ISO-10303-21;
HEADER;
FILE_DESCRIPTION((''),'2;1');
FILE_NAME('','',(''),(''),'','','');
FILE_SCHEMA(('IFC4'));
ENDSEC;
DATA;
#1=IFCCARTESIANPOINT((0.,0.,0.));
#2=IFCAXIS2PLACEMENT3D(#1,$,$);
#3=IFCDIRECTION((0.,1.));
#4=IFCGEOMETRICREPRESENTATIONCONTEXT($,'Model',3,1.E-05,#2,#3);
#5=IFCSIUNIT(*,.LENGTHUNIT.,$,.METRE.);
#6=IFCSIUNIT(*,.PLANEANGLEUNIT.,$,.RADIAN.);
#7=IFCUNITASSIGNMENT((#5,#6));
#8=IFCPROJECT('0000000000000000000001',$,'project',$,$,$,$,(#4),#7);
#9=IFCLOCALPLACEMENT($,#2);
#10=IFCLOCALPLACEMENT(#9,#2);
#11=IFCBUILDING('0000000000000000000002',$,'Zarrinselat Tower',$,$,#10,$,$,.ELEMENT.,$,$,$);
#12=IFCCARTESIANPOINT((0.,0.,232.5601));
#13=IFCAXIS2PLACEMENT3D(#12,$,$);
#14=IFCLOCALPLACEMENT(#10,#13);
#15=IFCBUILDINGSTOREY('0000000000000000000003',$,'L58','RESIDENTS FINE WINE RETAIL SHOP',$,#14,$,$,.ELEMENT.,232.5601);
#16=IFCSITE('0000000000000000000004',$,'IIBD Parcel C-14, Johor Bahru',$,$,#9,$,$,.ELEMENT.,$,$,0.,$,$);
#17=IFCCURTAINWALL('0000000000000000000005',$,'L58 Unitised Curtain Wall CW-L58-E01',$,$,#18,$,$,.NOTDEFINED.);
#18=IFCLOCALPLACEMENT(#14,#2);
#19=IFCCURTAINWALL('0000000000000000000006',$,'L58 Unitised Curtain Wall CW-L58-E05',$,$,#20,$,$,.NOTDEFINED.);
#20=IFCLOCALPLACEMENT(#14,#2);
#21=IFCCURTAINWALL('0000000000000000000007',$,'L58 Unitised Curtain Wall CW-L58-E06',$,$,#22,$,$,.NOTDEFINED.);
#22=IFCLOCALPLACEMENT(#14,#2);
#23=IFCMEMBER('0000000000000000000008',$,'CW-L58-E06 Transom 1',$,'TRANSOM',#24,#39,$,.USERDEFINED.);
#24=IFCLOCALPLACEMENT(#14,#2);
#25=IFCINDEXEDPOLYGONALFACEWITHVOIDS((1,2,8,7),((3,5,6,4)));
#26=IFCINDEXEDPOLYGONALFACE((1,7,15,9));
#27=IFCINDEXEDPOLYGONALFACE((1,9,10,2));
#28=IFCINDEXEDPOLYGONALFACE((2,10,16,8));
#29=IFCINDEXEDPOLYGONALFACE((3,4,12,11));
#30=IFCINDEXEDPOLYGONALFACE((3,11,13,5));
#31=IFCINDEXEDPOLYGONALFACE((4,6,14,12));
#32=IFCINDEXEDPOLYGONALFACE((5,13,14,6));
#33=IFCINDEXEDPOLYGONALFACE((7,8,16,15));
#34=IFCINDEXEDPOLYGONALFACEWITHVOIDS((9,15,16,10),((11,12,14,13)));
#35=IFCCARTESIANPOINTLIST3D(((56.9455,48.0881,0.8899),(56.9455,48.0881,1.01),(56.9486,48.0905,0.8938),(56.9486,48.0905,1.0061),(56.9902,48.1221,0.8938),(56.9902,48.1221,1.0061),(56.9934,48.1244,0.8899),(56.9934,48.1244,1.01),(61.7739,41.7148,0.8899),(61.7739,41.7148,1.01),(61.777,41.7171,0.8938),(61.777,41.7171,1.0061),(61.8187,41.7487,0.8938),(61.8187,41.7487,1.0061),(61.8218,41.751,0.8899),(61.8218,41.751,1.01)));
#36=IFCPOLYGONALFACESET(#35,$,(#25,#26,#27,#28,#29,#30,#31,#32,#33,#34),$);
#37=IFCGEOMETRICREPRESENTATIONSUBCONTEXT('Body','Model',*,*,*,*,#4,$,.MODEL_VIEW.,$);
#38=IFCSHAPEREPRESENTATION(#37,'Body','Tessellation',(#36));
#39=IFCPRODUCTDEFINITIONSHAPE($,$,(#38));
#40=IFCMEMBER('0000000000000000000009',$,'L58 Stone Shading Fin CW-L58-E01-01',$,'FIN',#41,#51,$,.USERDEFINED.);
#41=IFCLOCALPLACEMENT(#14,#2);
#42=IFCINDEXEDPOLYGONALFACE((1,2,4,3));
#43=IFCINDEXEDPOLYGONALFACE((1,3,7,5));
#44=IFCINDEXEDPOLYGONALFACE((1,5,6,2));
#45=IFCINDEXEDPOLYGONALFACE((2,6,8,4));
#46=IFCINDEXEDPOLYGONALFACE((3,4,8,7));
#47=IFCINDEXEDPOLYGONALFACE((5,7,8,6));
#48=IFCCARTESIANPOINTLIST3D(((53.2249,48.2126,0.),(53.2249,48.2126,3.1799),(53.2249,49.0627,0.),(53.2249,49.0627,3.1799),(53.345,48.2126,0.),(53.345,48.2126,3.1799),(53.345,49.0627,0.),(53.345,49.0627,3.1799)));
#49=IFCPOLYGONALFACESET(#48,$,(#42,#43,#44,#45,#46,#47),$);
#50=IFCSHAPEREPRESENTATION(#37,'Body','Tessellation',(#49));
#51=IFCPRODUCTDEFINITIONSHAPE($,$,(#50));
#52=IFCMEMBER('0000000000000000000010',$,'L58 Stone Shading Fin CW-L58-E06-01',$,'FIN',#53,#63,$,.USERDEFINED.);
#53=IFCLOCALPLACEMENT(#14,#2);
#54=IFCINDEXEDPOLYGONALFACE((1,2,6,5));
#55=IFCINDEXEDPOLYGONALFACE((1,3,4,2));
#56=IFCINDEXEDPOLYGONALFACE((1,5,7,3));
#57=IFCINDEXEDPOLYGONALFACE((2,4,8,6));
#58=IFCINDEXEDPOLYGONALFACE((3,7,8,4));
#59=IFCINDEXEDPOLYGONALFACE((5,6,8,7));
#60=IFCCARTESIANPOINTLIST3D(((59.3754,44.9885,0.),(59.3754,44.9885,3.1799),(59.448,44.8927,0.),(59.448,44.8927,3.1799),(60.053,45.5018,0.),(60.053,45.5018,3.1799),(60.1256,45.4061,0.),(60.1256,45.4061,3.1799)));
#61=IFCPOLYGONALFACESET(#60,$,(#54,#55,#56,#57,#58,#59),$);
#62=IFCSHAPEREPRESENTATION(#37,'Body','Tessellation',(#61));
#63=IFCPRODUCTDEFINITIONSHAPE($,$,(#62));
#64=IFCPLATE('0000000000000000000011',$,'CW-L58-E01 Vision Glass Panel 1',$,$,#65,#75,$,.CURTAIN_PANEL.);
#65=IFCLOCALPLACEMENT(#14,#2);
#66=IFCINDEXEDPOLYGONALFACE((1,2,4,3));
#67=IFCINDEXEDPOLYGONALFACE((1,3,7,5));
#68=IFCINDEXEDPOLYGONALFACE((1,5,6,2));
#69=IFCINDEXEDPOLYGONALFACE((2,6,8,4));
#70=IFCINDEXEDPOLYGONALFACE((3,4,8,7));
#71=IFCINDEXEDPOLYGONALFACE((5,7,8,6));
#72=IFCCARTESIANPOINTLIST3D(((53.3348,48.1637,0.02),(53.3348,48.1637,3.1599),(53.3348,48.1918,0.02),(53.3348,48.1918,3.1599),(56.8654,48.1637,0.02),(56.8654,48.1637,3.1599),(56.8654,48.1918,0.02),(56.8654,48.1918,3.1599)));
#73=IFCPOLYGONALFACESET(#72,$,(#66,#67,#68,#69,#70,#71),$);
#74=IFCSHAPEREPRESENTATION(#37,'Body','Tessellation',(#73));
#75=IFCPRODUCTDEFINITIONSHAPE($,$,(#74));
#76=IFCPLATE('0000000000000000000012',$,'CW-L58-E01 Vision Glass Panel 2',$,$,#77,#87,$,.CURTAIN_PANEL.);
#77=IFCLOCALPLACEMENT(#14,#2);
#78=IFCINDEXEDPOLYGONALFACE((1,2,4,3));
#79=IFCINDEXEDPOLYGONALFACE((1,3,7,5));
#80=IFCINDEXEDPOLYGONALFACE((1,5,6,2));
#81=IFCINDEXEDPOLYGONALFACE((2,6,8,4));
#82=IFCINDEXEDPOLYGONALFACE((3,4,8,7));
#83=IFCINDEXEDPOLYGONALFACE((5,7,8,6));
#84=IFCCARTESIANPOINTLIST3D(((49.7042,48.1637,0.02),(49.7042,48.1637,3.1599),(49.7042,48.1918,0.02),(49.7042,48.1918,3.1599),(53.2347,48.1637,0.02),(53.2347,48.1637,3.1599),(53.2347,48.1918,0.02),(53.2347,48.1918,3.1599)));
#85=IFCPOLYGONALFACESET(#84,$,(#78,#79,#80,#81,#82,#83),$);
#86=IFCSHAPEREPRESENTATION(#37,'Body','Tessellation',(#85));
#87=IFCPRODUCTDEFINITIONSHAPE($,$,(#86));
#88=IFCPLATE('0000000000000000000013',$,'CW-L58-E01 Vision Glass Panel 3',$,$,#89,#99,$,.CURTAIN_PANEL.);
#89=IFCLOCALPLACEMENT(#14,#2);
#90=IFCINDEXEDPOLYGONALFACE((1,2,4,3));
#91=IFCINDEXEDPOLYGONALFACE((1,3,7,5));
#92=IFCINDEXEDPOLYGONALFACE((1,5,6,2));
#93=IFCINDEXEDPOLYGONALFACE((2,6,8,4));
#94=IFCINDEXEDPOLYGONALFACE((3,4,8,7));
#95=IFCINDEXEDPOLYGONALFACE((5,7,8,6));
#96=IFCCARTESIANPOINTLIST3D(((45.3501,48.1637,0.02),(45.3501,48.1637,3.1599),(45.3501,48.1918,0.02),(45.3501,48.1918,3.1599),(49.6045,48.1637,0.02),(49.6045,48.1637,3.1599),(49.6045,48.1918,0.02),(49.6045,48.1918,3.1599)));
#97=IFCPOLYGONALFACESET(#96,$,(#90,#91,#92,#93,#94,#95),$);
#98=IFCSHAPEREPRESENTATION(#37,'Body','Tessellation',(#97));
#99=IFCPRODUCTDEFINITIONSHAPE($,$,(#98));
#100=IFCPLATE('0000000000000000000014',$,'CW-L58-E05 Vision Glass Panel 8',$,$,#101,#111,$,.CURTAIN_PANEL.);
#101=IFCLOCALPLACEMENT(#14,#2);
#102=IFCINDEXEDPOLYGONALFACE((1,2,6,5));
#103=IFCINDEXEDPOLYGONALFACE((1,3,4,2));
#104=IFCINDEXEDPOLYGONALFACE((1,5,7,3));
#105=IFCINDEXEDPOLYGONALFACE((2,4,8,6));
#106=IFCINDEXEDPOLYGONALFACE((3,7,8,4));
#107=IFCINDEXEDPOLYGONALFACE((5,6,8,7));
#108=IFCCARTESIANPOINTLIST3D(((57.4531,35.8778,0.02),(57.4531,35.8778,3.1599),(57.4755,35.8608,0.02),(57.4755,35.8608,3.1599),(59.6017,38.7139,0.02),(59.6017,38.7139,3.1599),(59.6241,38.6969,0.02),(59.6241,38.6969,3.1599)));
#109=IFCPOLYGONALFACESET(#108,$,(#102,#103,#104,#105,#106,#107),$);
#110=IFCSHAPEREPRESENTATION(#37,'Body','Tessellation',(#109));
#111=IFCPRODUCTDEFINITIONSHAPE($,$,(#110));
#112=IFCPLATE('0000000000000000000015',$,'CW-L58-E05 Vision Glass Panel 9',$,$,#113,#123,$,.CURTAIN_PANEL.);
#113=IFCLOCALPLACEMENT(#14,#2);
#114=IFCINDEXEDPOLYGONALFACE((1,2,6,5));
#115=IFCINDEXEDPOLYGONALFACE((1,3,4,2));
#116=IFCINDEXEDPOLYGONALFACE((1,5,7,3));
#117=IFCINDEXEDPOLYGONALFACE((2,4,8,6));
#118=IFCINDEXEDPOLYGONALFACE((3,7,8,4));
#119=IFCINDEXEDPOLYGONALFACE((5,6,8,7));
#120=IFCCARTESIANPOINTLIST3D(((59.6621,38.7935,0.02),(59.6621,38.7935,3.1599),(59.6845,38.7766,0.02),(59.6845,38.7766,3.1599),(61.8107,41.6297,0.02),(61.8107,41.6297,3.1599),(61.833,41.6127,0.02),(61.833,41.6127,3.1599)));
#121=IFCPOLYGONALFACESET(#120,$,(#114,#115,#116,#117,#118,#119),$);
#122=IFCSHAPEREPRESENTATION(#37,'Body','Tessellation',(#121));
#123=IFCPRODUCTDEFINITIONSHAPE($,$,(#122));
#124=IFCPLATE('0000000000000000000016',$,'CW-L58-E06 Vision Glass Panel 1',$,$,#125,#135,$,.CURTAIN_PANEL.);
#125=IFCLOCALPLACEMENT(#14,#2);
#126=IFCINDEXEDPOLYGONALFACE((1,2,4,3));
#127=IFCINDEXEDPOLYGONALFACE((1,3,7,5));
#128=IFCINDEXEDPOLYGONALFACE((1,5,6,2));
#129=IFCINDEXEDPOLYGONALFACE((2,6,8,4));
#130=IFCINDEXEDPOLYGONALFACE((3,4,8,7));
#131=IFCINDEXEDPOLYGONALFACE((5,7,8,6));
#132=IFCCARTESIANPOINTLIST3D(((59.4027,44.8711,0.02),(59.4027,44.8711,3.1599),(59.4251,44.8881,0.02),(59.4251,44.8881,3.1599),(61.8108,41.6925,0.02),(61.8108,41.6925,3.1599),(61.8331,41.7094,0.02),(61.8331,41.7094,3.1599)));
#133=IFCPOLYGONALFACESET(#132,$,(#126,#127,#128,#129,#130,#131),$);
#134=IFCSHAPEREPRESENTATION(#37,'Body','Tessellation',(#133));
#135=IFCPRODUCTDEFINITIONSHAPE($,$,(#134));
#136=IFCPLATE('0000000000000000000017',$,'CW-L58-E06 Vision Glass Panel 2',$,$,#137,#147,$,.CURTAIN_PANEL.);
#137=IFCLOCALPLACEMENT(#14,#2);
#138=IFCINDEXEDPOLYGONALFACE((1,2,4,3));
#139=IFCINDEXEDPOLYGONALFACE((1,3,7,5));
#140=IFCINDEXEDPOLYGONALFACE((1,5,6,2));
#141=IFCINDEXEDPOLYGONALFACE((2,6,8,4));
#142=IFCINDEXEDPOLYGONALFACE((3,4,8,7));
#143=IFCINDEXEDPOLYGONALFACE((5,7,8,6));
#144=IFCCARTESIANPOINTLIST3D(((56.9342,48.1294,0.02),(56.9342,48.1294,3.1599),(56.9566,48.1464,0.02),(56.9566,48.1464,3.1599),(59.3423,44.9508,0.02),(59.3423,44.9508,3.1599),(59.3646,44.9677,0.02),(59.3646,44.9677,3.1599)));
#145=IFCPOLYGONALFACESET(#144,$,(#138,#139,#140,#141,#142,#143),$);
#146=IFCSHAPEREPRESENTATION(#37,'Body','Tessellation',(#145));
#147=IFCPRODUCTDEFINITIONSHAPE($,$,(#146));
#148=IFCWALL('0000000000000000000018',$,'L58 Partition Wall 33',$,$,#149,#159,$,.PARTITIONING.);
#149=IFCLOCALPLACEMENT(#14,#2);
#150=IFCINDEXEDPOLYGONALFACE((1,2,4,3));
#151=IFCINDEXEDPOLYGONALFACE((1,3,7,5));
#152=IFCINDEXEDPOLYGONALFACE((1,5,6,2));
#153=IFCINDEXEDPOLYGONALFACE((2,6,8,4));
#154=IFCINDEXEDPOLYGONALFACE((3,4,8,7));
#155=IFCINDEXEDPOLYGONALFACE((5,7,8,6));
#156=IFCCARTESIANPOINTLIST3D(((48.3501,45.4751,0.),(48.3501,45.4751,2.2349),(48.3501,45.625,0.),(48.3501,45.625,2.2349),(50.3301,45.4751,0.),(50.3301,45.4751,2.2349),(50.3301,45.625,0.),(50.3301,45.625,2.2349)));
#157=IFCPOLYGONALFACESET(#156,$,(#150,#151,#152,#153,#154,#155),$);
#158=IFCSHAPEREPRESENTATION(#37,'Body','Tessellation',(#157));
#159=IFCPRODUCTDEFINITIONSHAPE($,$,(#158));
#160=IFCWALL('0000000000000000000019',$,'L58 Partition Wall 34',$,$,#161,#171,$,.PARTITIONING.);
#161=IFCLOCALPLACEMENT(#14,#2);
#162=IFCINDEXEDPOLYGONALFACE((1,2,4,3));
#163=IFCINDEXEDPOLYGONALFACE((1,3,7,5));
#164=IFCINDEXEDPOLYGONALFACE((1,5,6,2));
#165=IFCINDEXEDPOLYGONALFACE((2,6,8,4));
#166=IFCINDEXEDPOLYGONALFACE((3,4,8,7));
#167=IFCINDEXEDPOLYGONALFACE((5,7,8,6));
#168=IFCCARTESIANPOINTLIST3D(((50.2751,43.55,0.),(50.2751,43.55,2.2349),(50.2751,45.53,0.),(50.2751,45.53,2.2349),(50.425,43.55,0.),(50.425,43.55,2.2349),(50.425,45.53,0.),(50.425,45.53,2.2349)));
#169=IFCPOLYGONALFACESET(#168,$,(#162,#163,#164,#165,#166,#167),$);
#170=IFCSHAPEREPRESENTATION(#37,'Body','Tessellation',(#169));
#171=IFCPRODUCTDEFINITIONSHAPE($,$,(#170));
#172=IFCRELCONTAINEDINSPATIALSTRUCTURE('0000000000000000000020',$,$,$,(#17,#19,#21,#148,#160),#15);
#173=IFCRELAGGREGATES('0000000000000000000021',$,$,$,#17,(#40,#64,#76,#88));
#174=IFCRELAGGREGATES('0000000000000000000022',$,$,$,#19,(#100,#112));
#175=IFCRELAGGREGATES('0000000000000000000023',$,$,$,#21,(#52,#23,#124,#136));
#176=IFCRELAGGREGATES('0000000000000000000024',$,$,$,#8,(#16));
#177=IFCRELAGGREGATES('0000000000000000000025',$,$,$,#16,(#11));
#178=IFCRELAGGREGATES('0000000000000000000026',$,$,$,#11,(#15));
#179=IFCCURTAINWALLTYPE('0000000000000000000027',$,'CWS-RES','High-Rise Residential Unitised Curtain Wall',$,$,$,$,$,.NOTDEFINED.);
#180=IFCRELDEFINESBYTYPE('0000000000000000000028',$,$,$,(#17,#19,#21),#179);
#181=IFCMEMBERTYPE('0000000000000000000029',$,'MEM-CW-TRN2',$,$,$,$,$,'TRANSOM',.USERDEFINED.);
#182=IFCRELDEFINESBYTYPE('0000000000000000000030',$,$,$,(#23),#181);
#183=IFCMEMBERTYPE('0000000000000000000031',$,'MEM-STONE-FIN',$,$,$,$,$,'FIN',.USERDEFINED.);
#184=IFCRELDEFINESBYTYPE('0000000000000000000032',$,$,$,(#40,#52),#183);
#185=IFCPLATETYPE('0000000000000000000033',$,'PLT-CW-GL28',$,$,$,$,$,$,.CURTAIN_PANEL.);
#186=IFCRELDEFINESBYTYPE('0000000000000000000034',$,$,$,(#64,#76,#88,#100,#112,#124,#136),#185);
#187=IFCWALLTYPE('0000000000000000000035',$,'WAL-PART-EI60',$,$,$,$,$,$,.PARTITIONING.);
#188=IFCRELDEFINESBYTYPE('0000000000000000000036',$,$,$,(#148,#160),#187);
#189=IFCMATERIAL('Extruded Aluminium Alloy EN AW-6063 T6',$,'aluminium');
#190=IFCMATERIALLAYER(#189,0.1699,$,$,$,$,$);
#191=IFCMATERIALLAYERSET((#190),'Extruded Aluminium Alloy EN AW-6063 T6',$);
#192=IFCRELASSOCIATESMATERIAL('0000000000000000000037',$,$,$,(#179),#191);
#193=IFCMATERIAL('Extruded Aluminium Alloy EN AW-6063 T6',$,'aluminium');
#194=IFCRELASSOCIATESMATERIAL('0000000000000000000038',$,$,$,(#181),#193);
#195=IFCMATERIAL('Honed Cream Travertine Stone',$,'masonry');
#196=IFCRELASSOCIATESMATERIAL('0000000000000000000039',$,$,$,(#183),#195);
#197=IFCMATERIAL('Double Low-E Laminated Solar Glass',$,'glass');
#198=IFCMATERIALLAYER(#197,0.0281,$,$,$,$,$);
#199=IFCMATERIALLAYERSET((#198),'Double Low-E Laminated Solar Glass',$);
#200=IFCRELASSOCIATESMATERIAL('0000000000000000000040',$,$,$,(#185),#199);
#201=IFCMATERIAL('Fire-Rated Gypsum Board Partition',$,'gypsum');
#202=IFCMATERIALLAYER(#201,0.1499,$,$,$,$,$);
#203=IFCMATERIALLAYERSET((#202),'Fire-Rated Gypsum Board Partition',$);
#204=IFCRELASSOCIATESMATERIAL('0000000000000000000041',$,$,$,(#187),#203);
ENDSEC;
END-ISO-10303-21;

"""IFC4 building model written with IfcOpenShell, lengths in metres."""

from ifc_helpers import new_model, si_unit, direction, frame, frame_2d, origin, origin_2d, place, context, subcontext, project, spatial, rectangle, hollow_rectangle, extrude, material, layer, layer_set, material_profile, profile_set, type_object, element, aggregate, save


model = new_model("IFC4")

# Units and contexts
model_context = context("Model", 3, precision=1e-05, world=origin(), true_north=direction((0.0, 1.0)))
body_context = subcontext(model_context, "Body", "Model", "MODEL_VIEW")
ifc_project = project(units=[si_unit("LENGTHUNIT", "METRE"), si_unit("PLANEANGLEUNIT", "RADIAN")], contexts=[model_context])

# Site, building, storey
site_placement = place(None, origin())
site = spatial("IfcSite", under=ifc_project, at=site_placement, Name="IIBD Parcel C-14, Johor Bahru", CompositionType="ELEMENT", RefElevation=0.0)
building_placement = place(site_placement, origin())
building = spatial("IfcBuilding", under=site, at=building_placement, Name="Zarrinselat Tower", CompositionType="ELEMENT")
storey_placement = place(building_placement, frame((0.0, 0.0, 232.5601)))
storey = spatial("IfcBuildingStorey", under=building, at=storey_placement, Name="L58", Description="RESIDENTS FINE WINE RETAIL SHOP", CompositionType="ELEMENT", Elevation=232.5601)

# Curtain walls
ifc_material_1 = material(Name="Extruded Aluminium Alloy EN AW-6063 T6", Category="aluminium")
ifc_layer_1 = layer(ifc_material_1, 0.1699)
ifc_layer_set_1 = layer_set([ifc_layer_1], Name="Extruded Aluminium Alloy EN AW-6063 T6")
curtain_wall_type = type_object("IfcCurtainWallType", Name="CWS-RES", Description="High-Rise Residential Unitised Curtain Wall", PredefinedType="NOTDEFINED", material=ifc_layer_set_1)
curtain_wall_1_placement = place(storey_placement, origin())
curtain_wall_1 = element("IfcCurtainWall", 1, at=curtain_wall_1_placement, inside=storey, type_object=curtain_wall_type, Name="L58 Unitised Curtain Wall CW-L58-E01", PredefinedType="NOTDEFINED")
curtain_wall_2_placement = place(storey_placement, origin())
curtain_wall_2 = element("IfcCurtainWall", 2, at=curtain_wall_2_placement, inside=storey, type_object=curtain_wall_type, Name="L58 Unitised Curtain Wall CW-L58-E05", PredefinedType="NOTDEFINED")

# Curtain wall
curtain_wall_3_placement = place(storey_placement, origin())
curtain_wall_3 = element("IfcCurtainWall", 3, at=curtain_wall_3_placement, inside=storey, type_object=curtain_wall_type, Name="L58 Unitised Curtain Wall CW-L58-E06", PredefinedType="NOTDEFINED")

# Members
ifc_material_2 = material(Name="Extruded Aluminium Alloy EN AW-6063 T6", Category="aluminium")
ifc_material_profile_1 = material_profile(ifc_material_2, hollow_rectangle(XDim=0.0601, YDim=0.1201, WallThickness=0.0039, at=origin_2d()), Name="RHS 120x60x4")
ifc_profile_set_1 = profile_set([ifc_material_profile_1], Name="Extruded Aluminium Alloy EN AW-6063 T6")
member_type_1 = type_object("IfcMemberType", Name="MEM-CW-TRN2", ElementType="TRANSOM", PredefinedType="USERDEFINED", material=ifc_profile_set_1)
member_1_placement = place(storey_placement, frame((61.7979, 41.7329, 0.95), z_axis=(-0.603867, 0.797085, 0.0), x_axis=(-0.797085, -0.603867, 0.0)))
member_1 = element("IfcMember", 4, at=member_1_placement, type_object=member_type_1, Name="CW-L58-E06 Transom 1", ObjectType="TRANSOM", PredefinedType="USERDEFINED", context=body_context, shape_type="SweptSolid", body=[
    extrude(hollow_rectangle(XDim=0.0601, YDim=0.1201, WallThickness=0.0039, at=origin_2d()), origin(), (0.0, 0.0, 1.0), 7.9958),
])
ifc_material_3 = material(Name="Honed Cream Travertine Stone", Category="masonry")
ifc_material_profile_2 = material_profile(ifc_material_3, rectangle(XDim=0.1201, YDim=0.8501, at=origin_2d()), Name="FIN 850x120")
ifc_profile_set_2 = profile_set([ifc_material_profile_2], Name="Honed Cream Travertine Stone")
member_type_2 = type_object("IfcMemberType", Name="MEM-STONE-FIN", ElementType="FIN", PredefinedType="USERDEFINED", material=ifc_profile_set_2)
member_2_placement = place(storey_placement, frame((53.2849, 48.6377, 0.0), z_axis=(0.0, 0.0, 1.0), x_axis=(1.0, 0.0, 0.0)))
member_2 = element("IfcMember", 5, at=member_2_placement, type_object=member_type_2, Name="L58 Stone Shading Fin CW-L58-E01-01", ObjectType="FIN", PredefinedType="USERDEFINED", context=body_context, shape_type="SweptSolid", body=[
    extrude(rectangle(XDim=0.1201, YDim=0.8501, at=origin_2d()), origin(), (0.0, 0.0, 1.0), 3.1799),
])
member_3_placement = place(storey_placement, frame((59.7505, 45.1973, 0.0), z_axis=(0.0, 0.0, 1.0), x_axis=(0.603858, -0.797092, 0.0)))
member_3 = element("IfcMember", 6, at=member_3_placement, type_object=member_type_2, Name="L58 Stone Shading Fin CW-L58-E06-01", ObjectType="FIN", PredefinedType="USERDEFINED", context=body_context, shape_type="SweptSolid", body=[
    extrude(rectangle(XDim=0.1201, YDim=0.8501, at=origin_2d()), origin(), (0.0, 0.0, 1.0), 3.1799),
])

# Plates
ifc_material_4 = material(Name="Double Low-E Laminated Solar Glass", Category="glass")
ifc_layer_2 = layer(ifc_material_4, 0.0281)
ifc_layer_set_2 = layer_set([ifc_layer_2], Name="Double Low-E Laminated Solar Glass")
plate_type = type_object("IfcPlateType", Name="PLT-CW-GL28", PredefinedType="CURTAIN_PANEL", material=ifc_layer_set_2)
plate_1_placement = place(storey_placement, frame((55.1001, 48.1777, 0.02), z_axis=(0.0, 0.0, 1.0), x_axis=(-1.0, 0.0, 0.0)))
plate_1 = element("IfcPlate", 7, at=plate_1_placement, type_object=plate_type, Name="CW-L58-E01 Vision Glass Panel 1", PredefinedType="CURTAIN_PANEL", context=body_context, shape_type="SweptSolid", body=[
    extrude(rectangle(XDim=3.5305, YDim=0.0281, at=origin_2d()), origin(), (0.0, 0.0, 1.0), 3.1399),
])
plate_2_placement = place(storey_placement, frame((51.4695, 48.1777, 0.02), z_axis=(0.0, 0.0, 1.0), x_axis=(-1.0, 0.0, 0.0)))
plate_2 = element("IfcPlate", 8, at=plate_2_placement, type_object=plate_type, Name="CW-L58-E01 Vision Glass Panel 2", PredefinedType="CURTAIN_PANEL", context=body_context, shape_type="SweptSolid", body=[
    extrude(rectangle(XDim=3.5305, YDim=0.0281, at=origin_2d()), origin(), (0.0, 0.0, 1.0), 3.1399),
])
plate_3_placement = place(storey_placement, frame((47.4773, 48.1777, 0.02), z_axis=(0.0, 0.0, 1.0), x_axis=(-1.0, 0.0, 0.0)))
plate_3 = element("IfcPlate", 9, at=plate_3_placement, type_object=plate_type, Name="CW-L58-E01 Vision Glass Panel 3", PredefinedType="CURTAIN_PANEL", context=body_context, shape_type="SweptSolid", body=[
    extrude(rectangle(XDim=4.2544, YDim=0.0281, at=origin_2d()), origin(), (0.0, 0.0, 1.0), 3.1399),
])
aggregate(curtain_wall_1, [member_2, plate_1, plate_2, plate_3])
plate_4_placement = place(storey_placement, frame((58.5386, 37.2874, 0.02), z_axis=(0.0, 0.0, 1.0), x_axis=(0.603859, 0.797091, 0.0)))
plate_4 = element("IfcPlate", 10, at=plate_4_placement, type_object=plate_type, Name="CW-L58-E05 Vision Glass Panel 8", PredefinedType="CURTAIN_PANEL", context=body_context, shape_type="SweptSolid", body=[
    extrude(rectangle(XDim=3.5581, YDim=0.0281, at=origin_2d()), origin(), (0.0, 0.0, 1.0), 3.1399),
])
plate_5_placement = place(storey_placement, frame((60.7476, 40.2031, 0.02), z_axis=(0.0, 0.0, 1.0), x_axis=(0.603859, 0.797091, 0.0)))
plate_5 = element("IfcPlate", 11, at=plate_5_placement, type_object=plate_type, Name="CW-L58-E05 Vision Glass Panel 9", PredefinedType="CURTAIN_PANEL", context=body_context, shape_type="SweptSolid", body=[
    extrude(rectangle(XDim=3.5581, YDim=0.0281, at=origin_2d()), origin(), (0.0, 0.0, 1.0), 3.1399),
])
aggregate(curtain_wall_2, [plate_4, plate_5])
plate_6_placement = place(storey_placement, frame((60.6179, 43.2903, 0.02), z_axis=(0.0, 0.0, 1.0), x_axis=(-0.603858, 0.797092, 0.0)))
plate_6 = element("IfcPlate", 12, at=plate_6_placement, type_object=plate_type, Name="CW-L58-E06 Vision Glass Panel 1", PredefinedType="CURTAIN_PANEL", context=body_context, shape_type="SweptSolid", body=[
    extrude(rectangle(XDim=3.9878, YDim=0.0281, at=origin_2d()), origin(), (0.0, 0.0, 1.0), 3.1399),
])
plate_7_placement = place(storey_placement, frame((58.1494, 46.5486, 0.02), z_axis=(0.0, 0.0, 1.0), x_axis=(-0.603858, 0.797092, 0.0)))
plate_7 = element("IfcPlate", 13, at=plate_7_placement, type_object=plate_type, Name="CW-L58-E06 Vision Glass Panel 2", PredefinedType="CURTAIN_PANEL", context=body_context, shape_type="SweptSolid", body=[
    extrude(rectangle(XDim=3.9878, YDim=0.0281, at=origin_2d()), origin(), (0.0, 0.0, 1.0), 3.1399),
])
aggregate(curtain_wall_3, [member_3, member_1, plate_6, plate_7])

# Walls
ifc_material_5 = material(Name="Fire-Rated Gypsum Board Partition", Category="gypsum")
ifc_layer_3 = layer(ifc_material_5, 0.1499)
ifc_layer_set_3 = layer_set([ifc_layer_3], Name="Fire-Rated Gypsum Board Partition")
wall_type = type_object("IfcWallType", Name="WAL-PART-EI60", PredefinedType="PARTITIONING", material=ifc_layer_set_3)
for number, where, z_axis, x_axis, name in (
    (14, (48.3501, 45.55, 0.0), (0.0, 0.0, 1.0), (1.0, 0.0, 0.0), "L58 Partition Wall 33"),
    (15, (50.3501, 43.55, 0.0), (0.0, 0.0, 1.0), (0.0, 1.0, 0.0), "L58 Partition Wall 34"),
):
    element("IfcWall", number, at=place(storey_placement, frame(where, z_axis=z_axis, x_axis=x_axis)), inside=storey, type_object=wall_type, Name=name, PredefinedType="PARTITIONING", context=body_context, shape_type="SweptSolid", body=[
        extrude(rectangle(XDim=1.98, YDim=0.1499, at=frame_2d((0.99, 0.0))), origin(), (0.0, 0.0, 1.0), 2.2349),
    ])

save(model, "model.ifc")
